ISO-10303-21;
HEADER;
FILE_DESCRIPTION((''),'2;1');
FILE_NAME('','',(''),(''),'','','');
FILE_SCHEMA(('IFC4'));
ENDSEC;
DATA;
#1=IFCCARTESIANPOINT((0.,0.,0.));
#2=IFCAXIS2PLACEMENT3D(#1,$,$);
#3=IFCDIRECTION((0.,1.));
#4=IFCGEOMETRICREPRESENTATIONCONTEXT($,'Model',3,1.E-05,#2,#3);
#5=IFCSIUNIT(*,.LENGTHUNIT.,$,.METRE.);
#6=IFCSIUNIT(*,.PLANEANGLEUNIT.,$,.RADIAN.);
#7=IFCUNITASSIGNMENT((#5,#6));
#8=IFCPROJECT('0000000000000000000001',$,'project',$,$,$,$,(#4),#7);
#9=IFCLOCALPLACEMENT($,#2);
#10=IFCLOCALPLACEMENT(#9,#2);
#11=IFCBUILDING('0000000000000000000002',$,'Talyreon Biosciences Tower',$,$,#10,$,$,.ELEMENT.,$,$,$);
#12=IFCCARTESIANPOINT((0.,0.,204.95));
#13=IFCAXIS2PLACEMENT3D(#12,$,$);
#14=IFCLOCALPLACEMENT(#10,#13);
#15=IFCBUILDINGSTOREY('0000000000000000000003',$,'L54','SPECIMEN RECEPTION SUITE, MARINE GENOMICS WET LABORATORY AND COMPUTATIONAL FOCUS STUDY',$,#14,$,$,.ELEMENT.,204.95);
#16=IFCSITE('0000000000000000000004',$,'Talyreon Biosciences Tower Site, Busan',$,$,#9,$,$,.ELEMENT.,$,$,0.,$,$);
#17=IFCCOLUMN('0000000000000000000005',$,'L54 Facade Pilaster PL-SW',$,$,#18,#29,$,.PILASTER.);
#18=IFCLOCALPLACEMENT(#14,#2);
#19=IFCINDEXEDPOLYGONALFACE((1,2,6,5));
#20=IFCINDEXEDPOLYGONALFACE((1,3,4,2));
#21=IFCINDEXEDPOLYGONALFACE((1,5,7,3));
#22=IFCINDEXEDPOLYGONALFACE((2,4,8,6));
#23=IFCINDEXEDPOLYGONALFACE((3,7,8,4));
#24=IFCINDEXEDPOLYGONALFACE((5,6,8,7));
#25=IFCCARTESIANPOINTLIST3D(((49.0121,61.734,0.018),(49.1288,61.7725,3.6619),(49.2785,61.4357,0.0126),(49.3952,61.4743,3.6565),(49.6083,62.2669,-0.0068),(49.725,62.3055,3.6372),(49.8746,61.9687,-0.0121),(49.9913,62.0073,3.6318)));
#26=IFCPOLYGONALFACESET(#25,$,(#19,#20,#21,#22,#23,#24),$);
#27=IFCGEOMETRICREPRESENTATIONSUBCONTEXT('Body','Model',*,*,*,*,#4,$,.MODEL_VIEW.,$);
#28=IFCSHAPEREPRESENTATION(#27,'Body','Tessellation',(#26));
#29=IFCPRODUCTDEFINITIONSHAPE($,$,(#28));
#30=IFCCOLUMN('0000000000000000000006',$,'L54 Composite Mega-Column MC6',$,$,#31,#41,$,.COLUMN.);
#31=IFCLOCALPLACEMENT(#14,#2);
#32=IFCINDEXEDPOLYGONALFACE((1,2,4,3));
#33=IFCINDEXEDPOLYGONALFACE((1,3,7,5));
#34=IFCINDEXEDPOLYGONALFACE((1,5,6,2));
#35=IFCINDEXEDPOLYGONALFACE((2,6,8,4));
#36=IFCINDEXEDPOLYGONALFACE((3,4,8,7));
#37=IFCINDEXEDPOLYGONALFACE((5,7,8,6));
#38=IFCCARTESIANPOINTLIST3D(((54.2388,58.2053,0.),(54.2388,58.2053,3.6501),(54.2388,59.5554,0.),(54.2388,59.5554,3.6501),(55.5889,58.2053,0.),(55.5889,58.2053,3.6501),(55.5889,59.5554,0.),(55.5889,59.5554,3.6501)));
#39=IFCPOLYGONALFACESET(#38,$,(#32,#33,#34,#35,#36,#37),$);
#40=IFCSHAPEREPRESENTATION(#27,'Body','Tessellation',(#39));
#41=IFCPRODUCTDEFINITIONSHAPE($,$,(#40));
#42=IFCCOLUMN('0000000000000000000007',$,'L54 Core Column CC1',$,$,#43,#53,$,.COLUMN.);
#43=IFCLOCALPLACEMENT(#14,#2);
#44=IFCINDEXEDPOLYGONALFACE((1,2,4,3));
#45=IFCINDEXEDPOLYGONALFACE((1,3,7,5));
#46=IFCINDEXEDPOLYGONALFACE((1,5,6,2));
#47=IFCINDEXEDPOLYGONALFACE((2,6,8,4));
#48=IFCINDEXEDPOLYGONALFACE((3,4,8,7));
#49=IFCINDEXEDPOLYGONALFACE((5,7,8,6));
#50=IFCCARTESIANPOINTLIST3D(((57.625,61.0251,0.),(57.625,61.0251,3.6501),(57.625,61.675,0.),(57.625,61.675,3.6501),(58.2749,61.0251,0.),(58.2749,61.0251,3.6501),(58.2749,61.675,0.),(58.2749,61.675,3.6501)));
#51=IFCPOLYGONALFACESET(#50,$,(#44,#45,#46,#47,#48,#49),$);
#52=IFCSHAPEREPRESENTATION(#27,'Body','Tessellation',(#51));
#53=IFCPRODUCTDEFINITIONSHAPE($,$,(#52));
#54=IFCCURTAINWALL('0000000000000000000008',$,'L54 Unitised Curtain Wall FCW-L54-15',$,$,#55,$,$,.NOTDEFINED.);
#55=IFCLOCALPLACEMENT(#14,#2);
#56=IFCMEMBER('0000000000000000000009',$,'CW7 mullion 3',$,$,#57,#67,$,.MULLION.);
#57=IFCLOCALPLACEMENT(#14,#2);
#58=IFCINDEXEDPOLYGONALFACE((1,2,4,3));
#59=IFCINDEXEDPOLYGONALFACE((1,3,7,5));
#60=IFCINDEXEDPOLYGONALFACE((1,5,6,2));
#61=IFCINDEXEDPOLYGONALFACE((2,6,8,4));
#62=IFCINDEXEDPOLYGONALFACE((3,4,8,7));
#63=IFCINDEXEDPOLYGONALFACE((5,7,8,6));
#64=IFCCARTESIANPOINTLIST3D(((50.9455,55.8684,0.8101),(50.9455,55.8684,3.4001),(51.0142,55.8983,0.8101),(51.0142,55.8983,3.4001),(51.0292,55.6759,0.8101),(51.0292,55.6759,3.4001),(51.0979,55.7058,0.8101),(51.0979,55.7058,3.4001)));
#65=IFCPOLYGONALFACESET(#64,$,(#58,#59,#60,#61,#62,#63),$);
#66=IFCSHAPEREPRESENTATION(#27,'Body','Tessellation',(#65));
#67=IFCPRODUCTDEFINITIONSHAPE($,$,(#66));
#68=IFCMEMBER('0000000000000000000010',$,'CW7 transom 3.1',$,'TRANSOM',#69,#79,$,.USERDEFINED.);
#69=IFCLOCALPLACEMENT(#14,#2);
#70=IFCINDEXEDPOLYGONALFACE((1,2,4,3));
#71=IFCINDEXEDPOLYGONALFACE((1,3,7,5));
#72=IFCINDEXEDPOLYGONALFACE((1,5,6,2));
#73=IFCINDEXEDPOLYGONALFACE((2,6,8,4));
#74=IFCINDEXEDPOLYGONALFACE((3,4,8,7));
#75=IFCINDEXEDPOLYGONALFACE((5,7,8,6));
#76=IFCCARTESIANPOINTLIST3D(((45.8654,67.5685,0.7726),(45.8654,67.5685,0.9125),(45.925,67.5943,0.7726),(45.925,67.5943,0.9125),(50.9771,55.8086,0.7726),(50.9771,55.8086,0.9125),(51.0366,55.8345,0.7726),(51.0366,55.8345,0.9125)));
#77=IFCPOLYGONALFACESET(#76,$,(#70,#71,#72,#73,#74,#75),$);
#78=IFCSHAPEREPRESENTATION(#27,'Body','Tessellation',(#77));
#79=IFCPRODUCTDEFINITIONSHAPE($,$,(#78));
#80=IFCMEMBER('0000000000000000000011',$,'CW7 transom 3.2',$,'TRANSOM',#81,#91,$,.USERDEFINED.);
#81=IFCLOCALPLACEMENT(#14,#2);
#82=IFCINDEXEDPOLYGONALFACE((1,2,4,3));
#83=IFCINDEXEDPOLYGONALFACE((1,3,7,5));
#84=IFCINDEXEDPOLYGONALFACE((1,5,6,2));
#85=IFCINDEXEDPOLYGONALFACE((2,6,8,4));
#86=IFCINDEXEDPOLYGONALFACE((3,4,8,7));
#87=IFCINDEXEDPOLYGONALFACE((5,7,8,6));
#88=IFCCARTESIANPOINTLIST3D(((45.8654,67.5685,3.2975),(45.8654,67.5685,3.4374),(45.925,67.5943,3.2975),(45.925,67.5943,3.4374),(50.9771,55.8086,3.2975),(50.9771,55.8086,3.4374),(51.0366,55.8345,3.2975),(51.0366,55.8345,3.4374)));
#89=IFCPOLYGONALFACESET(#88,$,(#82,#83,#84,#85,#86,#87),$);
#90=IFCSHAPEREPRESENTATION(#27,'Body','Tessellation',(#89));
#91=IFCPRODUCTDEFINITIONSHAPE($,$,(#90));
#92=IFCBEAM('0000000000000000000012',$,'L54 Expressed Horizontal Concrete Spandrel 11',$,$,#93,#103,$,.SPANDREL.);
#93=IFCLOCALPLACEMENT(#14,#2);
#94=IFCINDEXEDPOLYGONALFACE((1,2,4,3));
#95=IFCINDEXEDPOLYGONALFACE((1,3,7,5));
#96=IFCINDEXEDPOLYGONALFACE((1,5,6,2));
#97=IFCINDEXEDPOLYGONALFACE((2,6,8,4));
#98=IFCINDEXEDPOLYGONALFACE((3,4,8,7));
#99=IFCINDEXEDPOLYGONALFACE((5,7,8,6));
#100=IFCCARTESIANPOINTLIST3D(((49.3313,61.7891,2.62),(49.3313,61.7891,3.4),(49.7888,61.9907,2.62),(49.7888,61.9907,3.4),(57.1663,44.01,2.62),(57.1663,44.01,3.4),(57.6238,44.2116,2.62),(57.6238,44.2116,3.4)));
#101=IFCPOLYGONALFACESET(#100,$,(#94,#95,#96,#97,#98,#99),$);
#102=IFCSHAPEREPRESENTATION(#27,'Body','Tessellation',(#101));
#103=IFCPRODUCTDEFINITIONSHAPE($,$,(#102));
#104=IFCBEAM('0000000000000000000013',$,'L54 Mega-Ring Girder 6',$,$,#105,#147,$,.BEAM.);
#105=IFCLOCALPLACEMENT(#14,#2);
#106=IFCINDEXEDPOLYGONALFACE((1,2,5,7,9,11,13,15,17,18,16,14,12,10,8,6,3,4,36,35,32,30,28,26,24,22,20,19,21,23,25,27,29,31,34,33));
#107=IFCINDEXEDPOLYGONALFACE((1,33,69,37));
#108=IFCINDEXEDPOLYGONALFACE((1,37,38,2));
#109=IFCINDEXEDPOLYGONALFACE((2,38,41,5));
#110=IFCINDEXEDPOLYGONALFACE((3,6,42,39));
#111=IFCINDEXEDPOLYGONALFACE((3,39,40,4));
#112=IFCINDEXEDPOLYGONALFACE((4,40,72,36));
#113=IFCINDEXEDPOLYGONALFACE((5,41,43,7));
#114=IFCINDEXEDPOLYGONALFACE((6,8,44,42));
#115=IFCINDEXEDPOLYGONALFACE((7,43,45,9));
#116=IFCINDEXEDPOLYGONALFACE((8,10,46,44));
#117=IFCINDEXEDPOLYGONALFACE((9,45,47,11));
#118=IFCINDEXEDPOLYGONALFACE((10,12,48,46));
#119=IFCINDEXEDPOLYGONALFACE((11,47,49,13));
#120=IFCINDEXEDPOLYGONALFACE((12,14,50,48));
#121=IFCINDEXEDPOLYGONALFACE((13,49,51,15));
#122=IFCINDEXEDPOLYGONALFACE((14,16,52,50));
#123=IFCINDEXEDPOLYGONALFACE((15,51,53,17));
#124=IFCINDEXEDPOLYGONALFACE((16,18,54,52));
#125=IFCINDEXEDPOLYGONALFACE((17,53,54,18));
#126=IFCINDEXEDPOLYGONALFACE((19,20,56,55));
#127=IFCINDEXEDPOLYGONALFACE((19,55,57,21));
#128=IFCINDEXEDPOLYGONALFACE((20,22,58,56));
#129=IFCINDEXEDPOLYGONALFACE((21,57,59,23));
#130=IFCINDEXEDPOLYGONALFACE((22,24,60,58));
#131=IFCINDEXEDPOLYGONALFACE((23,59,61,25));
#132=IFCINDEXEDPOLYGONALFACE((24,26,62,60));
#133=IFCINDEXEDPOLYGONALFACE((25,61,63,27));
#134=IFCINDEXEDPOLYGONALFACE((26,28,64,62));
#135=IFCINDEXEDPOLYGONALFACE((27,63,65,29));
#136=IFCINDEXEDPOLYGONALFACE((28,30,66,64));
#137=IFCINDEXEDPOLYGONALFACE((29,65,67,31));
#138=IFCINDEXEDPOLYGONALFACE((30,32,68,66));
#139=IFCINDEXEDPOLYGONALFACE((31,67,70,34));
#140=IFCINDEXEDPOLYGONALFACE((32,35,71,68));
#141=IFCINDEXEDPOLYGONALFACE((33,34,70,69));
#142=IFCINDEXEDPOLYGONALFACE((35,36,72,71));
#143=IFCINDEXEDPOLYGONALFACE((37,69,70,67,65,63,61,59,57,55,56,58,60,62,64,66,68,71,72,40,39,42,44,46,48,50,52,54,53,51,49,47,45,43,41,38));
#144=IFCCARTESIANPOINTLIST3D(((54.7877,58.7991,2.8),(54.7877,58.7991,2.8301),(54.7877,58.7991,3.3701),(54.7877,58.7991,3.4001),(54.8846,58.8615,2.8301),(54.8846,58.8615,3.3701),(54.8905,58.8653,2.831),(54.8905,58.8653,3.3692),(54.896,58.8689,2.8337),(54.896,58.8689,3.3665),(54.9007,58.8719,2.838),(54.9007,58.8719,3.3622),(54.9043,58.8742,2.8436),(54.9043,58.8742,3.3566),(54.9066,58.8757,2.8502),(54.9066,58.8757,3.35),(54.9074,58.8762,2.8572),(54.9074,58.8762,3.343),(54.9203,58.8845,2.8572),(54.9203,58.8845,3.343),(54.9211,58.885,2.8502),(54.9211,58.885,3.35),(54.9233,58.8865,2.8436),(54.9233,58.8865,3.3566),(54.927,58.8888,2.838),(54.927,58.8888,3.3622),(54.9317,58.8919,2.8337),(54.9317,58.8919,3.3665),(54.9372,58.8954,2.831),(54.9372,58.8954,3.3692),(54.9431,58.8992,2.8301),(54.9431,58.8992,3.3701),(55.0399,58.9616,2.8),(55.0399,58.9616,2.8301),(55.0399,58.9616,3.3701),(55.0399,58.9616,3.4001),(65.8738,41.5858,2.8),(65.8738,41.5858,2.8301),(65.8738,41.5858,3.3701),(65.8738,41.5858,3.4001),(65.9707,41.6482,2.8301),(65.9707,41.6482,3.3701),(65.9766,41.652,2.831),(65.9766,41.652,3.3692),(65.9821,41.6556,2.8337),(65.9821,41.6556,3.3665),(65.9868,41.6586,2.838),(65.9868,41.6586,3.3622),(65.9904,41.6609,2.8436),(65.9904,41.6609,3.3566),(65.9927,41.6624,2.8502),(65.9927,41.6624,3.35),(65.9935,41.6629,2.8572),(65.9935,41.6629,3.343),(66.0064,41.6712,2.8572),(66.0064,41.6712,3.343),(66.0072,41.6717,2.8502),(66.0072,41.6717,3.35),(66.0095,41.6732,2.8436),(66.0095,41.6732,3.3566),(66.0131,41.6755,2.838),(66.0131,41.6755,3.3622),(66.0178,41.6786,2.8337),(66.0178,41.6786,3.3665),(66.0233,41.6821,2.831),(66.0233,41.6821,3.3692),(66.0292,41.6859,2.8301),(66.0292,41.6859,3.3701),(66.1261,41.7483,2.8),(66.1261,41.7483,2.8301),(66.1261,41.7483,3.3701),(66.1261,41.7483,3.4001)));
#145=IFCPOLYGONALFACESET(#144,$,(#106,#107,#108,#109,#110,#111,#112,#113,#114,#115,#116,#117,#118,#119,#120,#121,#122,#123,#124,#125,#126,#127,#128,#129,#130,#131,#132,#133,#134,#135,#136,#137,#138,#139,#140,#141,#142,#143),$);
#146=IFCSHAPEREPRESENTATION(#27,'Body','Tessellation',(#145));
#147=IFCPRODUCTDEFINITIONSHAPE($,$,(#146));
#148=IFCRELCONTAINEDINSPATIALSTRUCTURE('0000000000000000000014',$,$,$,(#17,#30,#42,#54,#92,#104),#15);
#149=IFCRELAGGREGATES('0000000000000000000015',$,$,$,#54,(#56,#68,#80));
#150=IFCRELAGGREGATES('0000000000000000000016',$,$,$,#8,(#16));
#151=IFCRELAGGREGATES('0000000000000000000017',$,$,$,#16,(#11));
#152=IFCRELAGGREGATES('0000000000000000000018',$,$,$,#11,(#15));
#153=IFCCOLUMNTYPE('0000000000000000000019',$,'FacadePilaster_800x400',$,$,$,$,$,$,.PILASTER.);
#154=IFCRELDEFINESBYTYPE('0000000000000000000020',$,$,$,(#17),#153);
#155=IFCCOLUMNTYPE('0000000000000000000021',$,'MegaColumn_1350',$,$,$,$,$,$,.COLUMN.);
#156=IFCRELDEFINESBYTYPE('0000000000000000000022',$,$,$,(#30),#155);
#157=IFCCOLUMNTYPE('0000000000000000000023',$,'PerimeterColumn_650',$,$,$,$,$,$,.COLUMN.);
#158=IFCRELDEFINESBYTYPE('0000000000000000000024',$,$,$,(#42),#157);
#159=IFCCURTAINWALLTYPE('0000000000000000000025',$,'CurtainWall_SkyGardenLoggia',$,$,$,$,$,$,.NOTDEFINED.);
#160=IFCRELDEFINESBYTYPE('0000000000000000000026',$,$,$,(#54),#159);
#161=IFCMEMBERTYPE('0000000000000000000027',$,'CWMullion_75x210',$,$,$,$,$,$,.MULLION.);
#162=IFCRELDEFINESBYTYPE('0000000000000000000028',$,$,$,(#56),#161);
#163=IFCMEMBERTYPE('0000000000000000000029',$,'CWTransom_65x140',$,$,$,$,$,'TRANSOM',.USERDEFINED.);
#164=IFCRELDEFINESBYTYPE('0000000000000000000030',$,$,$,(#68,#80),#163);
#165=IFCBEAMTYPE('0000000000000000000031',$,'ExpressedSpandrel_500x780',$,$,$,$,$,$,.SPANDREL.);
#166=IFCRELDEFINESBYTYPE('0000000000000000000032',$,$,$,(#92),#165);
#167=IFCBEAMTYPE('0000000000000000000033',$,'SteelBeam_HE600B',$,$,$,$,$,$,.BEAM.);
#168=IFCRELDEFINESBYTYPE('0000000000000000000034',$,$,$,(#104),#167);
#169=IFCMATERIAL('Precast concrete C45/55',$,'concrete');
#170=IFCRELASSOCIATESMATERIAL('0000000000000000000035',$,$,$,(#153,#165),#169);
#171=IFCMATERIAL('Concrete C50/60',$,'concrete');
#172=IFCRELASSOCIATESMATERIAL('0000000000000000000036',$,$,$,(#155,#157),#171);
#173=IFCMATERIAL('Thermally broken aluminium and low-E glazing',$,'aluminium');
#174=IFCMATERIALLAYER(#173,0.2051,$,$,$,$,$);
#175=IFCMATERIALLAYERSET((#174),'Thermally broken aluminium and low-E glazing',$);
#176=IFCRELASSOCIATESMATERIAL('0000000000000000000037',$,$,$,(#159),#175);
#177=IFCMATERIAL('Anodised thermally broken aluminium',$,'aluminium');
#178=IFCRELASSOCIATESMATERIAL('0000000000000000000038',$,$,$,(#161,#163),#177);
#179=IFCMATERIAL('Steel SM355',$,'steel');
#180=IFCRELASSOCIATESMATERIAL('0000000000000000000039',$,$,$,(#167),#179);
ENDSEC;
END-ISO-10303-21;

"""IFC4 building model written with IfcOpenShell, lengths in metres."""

from ifc_helpers import new_model, si_unit, direction, frame, origin, origin_2d, place, context, subcontext, project, spatial, rectangle, i_section, extrude, material, layer, layer_set, material_profile, profile_set, type_object, element, aggregate, save


model = new_model("IFC4")

# Units and contexts
model_context = context("Model", 3, precision=1e-05, world=origin(), true_north=direction((0.0, 1.0)))
body_context = subcontext(model_context, "Body", "Model", "MODEL_VIEW")
ifc_project = project(units=[si_unit("LENGTHUNIT", "METRE"), si_unit("PLANEANGLEUNIT", "RADIAN")], contexts=[model_context])

# Site, building, storey
site_placement = place(None, origin())
site = spatial("IfcSite", under=ifc_project, at=site_placement, Name="Talyreon Biosciences Tower Site, Busan", CompositionType="ELEMENT", RefElevation=0.0)
building_placement = place(site_placement, origin())
building = spatial("IfcBuilding", under=site, at=building_placement, Name="Talyreon Biosciences Tower", CompositionType="ELEMENT")
storey_placement = place(building_placement, frame((0.0, 0.0, 204.95)))
storey = spatial("IfcBuildingStorey", under=building, at=storey_placement, Name="L54", Description="SPECIMEN RECEPTION SUITE, MARINE GENOMICS WET LABORATORY AND COMPUTATIONAL FOCUS STUDY", CompositionType="ELEMENT", Elevation=204.95)

# Columns
ifc_material_1 = material(Name="Precast concrete C45/55", Category="concrete")
ifc_material_profile_1 = material_profile(ifc_material_1, rectangle(XDim=0.8, YDim=0.3999, at=origin_2d()), Name="RC 800x400")
ifc_profile_set_1 = profile_set([ifc_material_profile_1], Name="Precast concrete C45/55")
column_type_1 = type_object("IfcColumnType", Name="FacadePilaster_800x400", PredefinedType="PILASTER", material=ifc_profile_set_1)
column_1_placement = place(storey_placement, frame((49.4434, 61.8513, 0.0029), z_axis=(0.032006, 0.01058, 0.999432), x_axis=(0.745179, 0.666148, -0.030916)))
element("IfcColumn", 1, at=column_1_placement, inside=storey, type_object=column_type_1, Name="L54 Facade Pilaster PL-SW", PredefinedType="PILASTER", context=body_context, shape_type="SweptSolid", body=[
    extrude(rectangle(XDim=0.8, YDim=0.3999, at=origin_2d()), origin(), (0.0, 0.0, 1.0), 3.646),
])
ifc_material_2 = material(Name="Concrete C50/60", Category="concrete")
ifc_material_profile_2 = material_profile(ifc_material_2, rectangle(XDim=1.3501, YDim=1.3501, at=origin_2d()), Name="RC 1350x1350")
ifc_profile_set_2 = profile_set([ifc_material_profile_2], Name="Concrete C50/60")
column_type_2 = type_object("IfcColumnType", Name="MegaColumn_1350", PredefinedType="COLUMN", material=ifc_profile_set_2)
column_2_placement = place(storey_placement, frame((54.9138, 58.8804, 0.0), z_axis=(0.0, 0.0, 1.0), x_axis=(1.0, 0.0, 0.0)))
element("IfcColumn", 2, at=column_2_placement, inside=storey, type_object=column_type_2, Name="L54 Composite Mega-Column MC6", PredefinedType="COLUMN", context=body_context, shape_type="SweptSolid", body=[
    extrude(rectangle(XDim=1.3501, YDim=1.3501, at=origin_2d()), origin(), (0.0, 0.0, 1.0), 3.6501),
])
ifc_material_profile_3 = material_profile(ifc_material_2, rectangle(XDim=0.6499, YDim=0.6499, at=origin_2d()), Name="RC 650x650")
ifc_profile_set_3 = profile_set([ifc_material_profile_3], Name="Concrete C50/60")
column_type_3 = type_object("IfcColumnType", Name="PerimeterColumn_650", PredefinedType="COLUMN", material=ifc_profile_set_3)
column_3_placement = place(storey_placement, frame((57.95, 61.3501, 0.0), z_axis=(0.0, 0.0, 1.0), x_axis=(1.0, 0.0, 0.0)))
element("IfcColumn", 3, at=column_3_placement, inside=storey, type_object=column_type_3, Name="L54 Core Column CC1", PredefinedType="COLUMN", context=body_context, shape_type="SweptSolid", body=[
    extrude(rectangle(XDim=0.6499, YDim=0.6499, at=origin_2d()), origin(), (0.0, 0.0, 1.0), 3.6501),
])

# Curtain wall, members
ifc_material_3 = material(Name="Thermally broken aluminium and low-E glazing", Category="aluminium")
ifc_layer_1 = layer(ifc_material_3, 0.2051)
ifc_layer_set_1 = layer_set([ifc_layer_1], Name="Thermally broken aluminium and low-E glazing")
curtain_wall_type = type_object("IfcCurtainWallType", Name="CurtainWall_SkyGardenLoggia", PredefinedType="NOTDEFINED", material=ifc_layer_set_1)
curtain_wall_placement = place(storey_placement, origin())
curtain_wall = element("IfcCurtainWall", 4, at=curtain_wall_placement, inside=storey, type_object=curtain_wall_type, Name="L54 Unitised Curtain Wall FCW-L54-15", PredefinedType="NOTDEFINED")
ifc_material_4 = material(Name="Anodised thermally broken aluminium", Category="aluminium")
ifc_material_profile_4 = material_profile(ifc_material_4, rectangle(XDim=0.075, YDim=0.21, at=origin_2d()), Name="ALUM MULLION 75x210")
ifc_profile_set_4 = profile_set([ifc_material_profile_4], Name="Anodised thermally broken aluminium")
member_type_1 = type_object("IfcMemberType", Name="CWMullion_75x210", PredefinedType="MULLION", material=ifc_profile_set_4)
member_1_placement = place(storey_placement, frame((51.0217, 55.7871, 0.8101), z_axis=(0.0, 0.0, 1.0), x_axis=(-0.917113, -0.398626, 0.0)))
member_1 = element("IfcMember", 5, at=member_1_placement, type_object=member_type_1, Name="CW7 mullion 3", PredefinedType="MULLION", context=body_context, shape_type="SweptSolid", body=[
    extrude(rectangle(XDim=0.075, YDim=0.21, at=origin_2d()), origin(), (0.0, 0.0, 1.0), 2.5901),
])
ifc_material_profile_5 = material_profile(ifc_material_4, rectangle(XDim=0.0649, YDim=0.1399, at=origin_2d()), Name="ALUM TRANSOM 65x140")
ifc_profile_set_5 = profile_set([ifc_material_profile_5], Name="Anodised thermally broken aluminium")
member_type_2 = type_object("IfcMemberType", Name="CWTransom_65x140", ElementType="TRANSOM", PredefinedType="USERDEFINED", material=ifc_profile_set_5)
member_2_placement = place(storey_placement, frame((51.0068, 55.8215, 0.8425), z_axis=(-0.398636, 0.917109, 0.0), x_axis=(-0.917109, -0.398636, 0.0)))
member_2 = element("IfcMember", 6, at=member_2_placement, type_object=member_type_2, Name="CW7 transom 3.1", ObjectType="TRANSOM", PredefinedType="USERDEFINED", context=body_context, shape_type="SweptSolid", body=[
    extrude(rectangle(XDim=0.0649, YDim=0.1399, at=origin_2d()), origin(), (0.0, 0.0, 1.0), 12.8228),
])
member_3_placement = place(storey_placement, frame((51.0068, 55.8215, 3.3674), z_axis=(-0.398636, 0.917109, 0.0), x_axis=(-0.917109, -0.398636, 0.0)))
member_3 = element("IfcMember", 7, at=member_3_placement, type_object=member_type_2, Name="CW7 transom 3.2", ObjectType="TRANSOM", PredefinedType="USERDEFINED", context=body_context, shape_type="SweptSolid", body=[
    extrude(rectangle(XDim=0.0649, YDim=0.1399, at=origin_2d()), origin(), (0.0, 0.0, 1.0), 12.8228),
])

# Beams
ifc_material_profile_6 = material_profile(ifc_material_1, rectangle(XDim=0.5, YDim=0.78, at=origin_2d()), Name="RCB 500x780")
ifc_profile_set_6 = profile_set([ifc_material_profile_6], Name="Precast concrete C45/55")
beam_type_1 = type_object("IfcBeamType", Name="ExpressedSpandrel_500x780", PredefinedType="SPANDREL", material=ifc_profile_set_6)
beam_1_placement = place(storey_placement, frame((49.5601, 61.8899, 3.01), z_axis=(0.403264, -0.915084, 0.0), x_axis=(0.915084, 0.403264, 0.0)))
element("IfcBeam", 8, at=beam_1_placement, inside=storey, type_object=beam_type_1, Name="L54 Expressed Horizontal Concrete Spandrel 11", PredefinedType="SPANDREL", context=body_context, shape_type="SweptSolid", body=[
    extrude(rectangle(XDim=0.5, YDim=0.78, at=origin_2d()), origin(), (0.0, 0.0, 1.0), 19.429),
])
ifc_material_5 = material(Name="Steel SM355", Category="steel")
ifc_material_profile_7 = material_profile(ifc_material_5, i_section(OverallWidth=0.3, OverallDepth=0.6001, WebThickness=0.0154, FlangeThickness=0.03, FilletRadius=0.0271, at=origin_2d()), Name="HE600B")
ifc_profile_set_7 = profile_set([ifc_material_profile_7], Name="Steel SM355")
beam_type_2 = type_object("IfcBeamType", Name="SteelBeam_HE600B", PredefinedType="BEAM", material=ifc_profile_set_7)
beam_2_placement = place(storey_placement, frame((54.9138, 58.8804, 3.1001), z_axis=(0.541464, -0.840724, 0.0), x_axis=(0.840724, 0.541464, 0.0)))
element("IfcBeam", 9, at=beam_2_placement, inside=storey, type_object=beam_type_2, Name="L54 Mega-Ring Girder 6", PredefinedType="BEAM", context=body_context, shape_type="SweptSolid", body=[
    extrude(i_section(OverallWidth=0.3, OverallDepth=0.6001, WebThickness=0.0154, FlangeThickness=0.03, FilletRadius=0.0271, at=origin_2d()), origin(), (0.0, 0.0, 1.0), 20.4744),
])

aggregate(curtain_wall, [member_1, member_2, member_3])

save(model, "model.ifc")
